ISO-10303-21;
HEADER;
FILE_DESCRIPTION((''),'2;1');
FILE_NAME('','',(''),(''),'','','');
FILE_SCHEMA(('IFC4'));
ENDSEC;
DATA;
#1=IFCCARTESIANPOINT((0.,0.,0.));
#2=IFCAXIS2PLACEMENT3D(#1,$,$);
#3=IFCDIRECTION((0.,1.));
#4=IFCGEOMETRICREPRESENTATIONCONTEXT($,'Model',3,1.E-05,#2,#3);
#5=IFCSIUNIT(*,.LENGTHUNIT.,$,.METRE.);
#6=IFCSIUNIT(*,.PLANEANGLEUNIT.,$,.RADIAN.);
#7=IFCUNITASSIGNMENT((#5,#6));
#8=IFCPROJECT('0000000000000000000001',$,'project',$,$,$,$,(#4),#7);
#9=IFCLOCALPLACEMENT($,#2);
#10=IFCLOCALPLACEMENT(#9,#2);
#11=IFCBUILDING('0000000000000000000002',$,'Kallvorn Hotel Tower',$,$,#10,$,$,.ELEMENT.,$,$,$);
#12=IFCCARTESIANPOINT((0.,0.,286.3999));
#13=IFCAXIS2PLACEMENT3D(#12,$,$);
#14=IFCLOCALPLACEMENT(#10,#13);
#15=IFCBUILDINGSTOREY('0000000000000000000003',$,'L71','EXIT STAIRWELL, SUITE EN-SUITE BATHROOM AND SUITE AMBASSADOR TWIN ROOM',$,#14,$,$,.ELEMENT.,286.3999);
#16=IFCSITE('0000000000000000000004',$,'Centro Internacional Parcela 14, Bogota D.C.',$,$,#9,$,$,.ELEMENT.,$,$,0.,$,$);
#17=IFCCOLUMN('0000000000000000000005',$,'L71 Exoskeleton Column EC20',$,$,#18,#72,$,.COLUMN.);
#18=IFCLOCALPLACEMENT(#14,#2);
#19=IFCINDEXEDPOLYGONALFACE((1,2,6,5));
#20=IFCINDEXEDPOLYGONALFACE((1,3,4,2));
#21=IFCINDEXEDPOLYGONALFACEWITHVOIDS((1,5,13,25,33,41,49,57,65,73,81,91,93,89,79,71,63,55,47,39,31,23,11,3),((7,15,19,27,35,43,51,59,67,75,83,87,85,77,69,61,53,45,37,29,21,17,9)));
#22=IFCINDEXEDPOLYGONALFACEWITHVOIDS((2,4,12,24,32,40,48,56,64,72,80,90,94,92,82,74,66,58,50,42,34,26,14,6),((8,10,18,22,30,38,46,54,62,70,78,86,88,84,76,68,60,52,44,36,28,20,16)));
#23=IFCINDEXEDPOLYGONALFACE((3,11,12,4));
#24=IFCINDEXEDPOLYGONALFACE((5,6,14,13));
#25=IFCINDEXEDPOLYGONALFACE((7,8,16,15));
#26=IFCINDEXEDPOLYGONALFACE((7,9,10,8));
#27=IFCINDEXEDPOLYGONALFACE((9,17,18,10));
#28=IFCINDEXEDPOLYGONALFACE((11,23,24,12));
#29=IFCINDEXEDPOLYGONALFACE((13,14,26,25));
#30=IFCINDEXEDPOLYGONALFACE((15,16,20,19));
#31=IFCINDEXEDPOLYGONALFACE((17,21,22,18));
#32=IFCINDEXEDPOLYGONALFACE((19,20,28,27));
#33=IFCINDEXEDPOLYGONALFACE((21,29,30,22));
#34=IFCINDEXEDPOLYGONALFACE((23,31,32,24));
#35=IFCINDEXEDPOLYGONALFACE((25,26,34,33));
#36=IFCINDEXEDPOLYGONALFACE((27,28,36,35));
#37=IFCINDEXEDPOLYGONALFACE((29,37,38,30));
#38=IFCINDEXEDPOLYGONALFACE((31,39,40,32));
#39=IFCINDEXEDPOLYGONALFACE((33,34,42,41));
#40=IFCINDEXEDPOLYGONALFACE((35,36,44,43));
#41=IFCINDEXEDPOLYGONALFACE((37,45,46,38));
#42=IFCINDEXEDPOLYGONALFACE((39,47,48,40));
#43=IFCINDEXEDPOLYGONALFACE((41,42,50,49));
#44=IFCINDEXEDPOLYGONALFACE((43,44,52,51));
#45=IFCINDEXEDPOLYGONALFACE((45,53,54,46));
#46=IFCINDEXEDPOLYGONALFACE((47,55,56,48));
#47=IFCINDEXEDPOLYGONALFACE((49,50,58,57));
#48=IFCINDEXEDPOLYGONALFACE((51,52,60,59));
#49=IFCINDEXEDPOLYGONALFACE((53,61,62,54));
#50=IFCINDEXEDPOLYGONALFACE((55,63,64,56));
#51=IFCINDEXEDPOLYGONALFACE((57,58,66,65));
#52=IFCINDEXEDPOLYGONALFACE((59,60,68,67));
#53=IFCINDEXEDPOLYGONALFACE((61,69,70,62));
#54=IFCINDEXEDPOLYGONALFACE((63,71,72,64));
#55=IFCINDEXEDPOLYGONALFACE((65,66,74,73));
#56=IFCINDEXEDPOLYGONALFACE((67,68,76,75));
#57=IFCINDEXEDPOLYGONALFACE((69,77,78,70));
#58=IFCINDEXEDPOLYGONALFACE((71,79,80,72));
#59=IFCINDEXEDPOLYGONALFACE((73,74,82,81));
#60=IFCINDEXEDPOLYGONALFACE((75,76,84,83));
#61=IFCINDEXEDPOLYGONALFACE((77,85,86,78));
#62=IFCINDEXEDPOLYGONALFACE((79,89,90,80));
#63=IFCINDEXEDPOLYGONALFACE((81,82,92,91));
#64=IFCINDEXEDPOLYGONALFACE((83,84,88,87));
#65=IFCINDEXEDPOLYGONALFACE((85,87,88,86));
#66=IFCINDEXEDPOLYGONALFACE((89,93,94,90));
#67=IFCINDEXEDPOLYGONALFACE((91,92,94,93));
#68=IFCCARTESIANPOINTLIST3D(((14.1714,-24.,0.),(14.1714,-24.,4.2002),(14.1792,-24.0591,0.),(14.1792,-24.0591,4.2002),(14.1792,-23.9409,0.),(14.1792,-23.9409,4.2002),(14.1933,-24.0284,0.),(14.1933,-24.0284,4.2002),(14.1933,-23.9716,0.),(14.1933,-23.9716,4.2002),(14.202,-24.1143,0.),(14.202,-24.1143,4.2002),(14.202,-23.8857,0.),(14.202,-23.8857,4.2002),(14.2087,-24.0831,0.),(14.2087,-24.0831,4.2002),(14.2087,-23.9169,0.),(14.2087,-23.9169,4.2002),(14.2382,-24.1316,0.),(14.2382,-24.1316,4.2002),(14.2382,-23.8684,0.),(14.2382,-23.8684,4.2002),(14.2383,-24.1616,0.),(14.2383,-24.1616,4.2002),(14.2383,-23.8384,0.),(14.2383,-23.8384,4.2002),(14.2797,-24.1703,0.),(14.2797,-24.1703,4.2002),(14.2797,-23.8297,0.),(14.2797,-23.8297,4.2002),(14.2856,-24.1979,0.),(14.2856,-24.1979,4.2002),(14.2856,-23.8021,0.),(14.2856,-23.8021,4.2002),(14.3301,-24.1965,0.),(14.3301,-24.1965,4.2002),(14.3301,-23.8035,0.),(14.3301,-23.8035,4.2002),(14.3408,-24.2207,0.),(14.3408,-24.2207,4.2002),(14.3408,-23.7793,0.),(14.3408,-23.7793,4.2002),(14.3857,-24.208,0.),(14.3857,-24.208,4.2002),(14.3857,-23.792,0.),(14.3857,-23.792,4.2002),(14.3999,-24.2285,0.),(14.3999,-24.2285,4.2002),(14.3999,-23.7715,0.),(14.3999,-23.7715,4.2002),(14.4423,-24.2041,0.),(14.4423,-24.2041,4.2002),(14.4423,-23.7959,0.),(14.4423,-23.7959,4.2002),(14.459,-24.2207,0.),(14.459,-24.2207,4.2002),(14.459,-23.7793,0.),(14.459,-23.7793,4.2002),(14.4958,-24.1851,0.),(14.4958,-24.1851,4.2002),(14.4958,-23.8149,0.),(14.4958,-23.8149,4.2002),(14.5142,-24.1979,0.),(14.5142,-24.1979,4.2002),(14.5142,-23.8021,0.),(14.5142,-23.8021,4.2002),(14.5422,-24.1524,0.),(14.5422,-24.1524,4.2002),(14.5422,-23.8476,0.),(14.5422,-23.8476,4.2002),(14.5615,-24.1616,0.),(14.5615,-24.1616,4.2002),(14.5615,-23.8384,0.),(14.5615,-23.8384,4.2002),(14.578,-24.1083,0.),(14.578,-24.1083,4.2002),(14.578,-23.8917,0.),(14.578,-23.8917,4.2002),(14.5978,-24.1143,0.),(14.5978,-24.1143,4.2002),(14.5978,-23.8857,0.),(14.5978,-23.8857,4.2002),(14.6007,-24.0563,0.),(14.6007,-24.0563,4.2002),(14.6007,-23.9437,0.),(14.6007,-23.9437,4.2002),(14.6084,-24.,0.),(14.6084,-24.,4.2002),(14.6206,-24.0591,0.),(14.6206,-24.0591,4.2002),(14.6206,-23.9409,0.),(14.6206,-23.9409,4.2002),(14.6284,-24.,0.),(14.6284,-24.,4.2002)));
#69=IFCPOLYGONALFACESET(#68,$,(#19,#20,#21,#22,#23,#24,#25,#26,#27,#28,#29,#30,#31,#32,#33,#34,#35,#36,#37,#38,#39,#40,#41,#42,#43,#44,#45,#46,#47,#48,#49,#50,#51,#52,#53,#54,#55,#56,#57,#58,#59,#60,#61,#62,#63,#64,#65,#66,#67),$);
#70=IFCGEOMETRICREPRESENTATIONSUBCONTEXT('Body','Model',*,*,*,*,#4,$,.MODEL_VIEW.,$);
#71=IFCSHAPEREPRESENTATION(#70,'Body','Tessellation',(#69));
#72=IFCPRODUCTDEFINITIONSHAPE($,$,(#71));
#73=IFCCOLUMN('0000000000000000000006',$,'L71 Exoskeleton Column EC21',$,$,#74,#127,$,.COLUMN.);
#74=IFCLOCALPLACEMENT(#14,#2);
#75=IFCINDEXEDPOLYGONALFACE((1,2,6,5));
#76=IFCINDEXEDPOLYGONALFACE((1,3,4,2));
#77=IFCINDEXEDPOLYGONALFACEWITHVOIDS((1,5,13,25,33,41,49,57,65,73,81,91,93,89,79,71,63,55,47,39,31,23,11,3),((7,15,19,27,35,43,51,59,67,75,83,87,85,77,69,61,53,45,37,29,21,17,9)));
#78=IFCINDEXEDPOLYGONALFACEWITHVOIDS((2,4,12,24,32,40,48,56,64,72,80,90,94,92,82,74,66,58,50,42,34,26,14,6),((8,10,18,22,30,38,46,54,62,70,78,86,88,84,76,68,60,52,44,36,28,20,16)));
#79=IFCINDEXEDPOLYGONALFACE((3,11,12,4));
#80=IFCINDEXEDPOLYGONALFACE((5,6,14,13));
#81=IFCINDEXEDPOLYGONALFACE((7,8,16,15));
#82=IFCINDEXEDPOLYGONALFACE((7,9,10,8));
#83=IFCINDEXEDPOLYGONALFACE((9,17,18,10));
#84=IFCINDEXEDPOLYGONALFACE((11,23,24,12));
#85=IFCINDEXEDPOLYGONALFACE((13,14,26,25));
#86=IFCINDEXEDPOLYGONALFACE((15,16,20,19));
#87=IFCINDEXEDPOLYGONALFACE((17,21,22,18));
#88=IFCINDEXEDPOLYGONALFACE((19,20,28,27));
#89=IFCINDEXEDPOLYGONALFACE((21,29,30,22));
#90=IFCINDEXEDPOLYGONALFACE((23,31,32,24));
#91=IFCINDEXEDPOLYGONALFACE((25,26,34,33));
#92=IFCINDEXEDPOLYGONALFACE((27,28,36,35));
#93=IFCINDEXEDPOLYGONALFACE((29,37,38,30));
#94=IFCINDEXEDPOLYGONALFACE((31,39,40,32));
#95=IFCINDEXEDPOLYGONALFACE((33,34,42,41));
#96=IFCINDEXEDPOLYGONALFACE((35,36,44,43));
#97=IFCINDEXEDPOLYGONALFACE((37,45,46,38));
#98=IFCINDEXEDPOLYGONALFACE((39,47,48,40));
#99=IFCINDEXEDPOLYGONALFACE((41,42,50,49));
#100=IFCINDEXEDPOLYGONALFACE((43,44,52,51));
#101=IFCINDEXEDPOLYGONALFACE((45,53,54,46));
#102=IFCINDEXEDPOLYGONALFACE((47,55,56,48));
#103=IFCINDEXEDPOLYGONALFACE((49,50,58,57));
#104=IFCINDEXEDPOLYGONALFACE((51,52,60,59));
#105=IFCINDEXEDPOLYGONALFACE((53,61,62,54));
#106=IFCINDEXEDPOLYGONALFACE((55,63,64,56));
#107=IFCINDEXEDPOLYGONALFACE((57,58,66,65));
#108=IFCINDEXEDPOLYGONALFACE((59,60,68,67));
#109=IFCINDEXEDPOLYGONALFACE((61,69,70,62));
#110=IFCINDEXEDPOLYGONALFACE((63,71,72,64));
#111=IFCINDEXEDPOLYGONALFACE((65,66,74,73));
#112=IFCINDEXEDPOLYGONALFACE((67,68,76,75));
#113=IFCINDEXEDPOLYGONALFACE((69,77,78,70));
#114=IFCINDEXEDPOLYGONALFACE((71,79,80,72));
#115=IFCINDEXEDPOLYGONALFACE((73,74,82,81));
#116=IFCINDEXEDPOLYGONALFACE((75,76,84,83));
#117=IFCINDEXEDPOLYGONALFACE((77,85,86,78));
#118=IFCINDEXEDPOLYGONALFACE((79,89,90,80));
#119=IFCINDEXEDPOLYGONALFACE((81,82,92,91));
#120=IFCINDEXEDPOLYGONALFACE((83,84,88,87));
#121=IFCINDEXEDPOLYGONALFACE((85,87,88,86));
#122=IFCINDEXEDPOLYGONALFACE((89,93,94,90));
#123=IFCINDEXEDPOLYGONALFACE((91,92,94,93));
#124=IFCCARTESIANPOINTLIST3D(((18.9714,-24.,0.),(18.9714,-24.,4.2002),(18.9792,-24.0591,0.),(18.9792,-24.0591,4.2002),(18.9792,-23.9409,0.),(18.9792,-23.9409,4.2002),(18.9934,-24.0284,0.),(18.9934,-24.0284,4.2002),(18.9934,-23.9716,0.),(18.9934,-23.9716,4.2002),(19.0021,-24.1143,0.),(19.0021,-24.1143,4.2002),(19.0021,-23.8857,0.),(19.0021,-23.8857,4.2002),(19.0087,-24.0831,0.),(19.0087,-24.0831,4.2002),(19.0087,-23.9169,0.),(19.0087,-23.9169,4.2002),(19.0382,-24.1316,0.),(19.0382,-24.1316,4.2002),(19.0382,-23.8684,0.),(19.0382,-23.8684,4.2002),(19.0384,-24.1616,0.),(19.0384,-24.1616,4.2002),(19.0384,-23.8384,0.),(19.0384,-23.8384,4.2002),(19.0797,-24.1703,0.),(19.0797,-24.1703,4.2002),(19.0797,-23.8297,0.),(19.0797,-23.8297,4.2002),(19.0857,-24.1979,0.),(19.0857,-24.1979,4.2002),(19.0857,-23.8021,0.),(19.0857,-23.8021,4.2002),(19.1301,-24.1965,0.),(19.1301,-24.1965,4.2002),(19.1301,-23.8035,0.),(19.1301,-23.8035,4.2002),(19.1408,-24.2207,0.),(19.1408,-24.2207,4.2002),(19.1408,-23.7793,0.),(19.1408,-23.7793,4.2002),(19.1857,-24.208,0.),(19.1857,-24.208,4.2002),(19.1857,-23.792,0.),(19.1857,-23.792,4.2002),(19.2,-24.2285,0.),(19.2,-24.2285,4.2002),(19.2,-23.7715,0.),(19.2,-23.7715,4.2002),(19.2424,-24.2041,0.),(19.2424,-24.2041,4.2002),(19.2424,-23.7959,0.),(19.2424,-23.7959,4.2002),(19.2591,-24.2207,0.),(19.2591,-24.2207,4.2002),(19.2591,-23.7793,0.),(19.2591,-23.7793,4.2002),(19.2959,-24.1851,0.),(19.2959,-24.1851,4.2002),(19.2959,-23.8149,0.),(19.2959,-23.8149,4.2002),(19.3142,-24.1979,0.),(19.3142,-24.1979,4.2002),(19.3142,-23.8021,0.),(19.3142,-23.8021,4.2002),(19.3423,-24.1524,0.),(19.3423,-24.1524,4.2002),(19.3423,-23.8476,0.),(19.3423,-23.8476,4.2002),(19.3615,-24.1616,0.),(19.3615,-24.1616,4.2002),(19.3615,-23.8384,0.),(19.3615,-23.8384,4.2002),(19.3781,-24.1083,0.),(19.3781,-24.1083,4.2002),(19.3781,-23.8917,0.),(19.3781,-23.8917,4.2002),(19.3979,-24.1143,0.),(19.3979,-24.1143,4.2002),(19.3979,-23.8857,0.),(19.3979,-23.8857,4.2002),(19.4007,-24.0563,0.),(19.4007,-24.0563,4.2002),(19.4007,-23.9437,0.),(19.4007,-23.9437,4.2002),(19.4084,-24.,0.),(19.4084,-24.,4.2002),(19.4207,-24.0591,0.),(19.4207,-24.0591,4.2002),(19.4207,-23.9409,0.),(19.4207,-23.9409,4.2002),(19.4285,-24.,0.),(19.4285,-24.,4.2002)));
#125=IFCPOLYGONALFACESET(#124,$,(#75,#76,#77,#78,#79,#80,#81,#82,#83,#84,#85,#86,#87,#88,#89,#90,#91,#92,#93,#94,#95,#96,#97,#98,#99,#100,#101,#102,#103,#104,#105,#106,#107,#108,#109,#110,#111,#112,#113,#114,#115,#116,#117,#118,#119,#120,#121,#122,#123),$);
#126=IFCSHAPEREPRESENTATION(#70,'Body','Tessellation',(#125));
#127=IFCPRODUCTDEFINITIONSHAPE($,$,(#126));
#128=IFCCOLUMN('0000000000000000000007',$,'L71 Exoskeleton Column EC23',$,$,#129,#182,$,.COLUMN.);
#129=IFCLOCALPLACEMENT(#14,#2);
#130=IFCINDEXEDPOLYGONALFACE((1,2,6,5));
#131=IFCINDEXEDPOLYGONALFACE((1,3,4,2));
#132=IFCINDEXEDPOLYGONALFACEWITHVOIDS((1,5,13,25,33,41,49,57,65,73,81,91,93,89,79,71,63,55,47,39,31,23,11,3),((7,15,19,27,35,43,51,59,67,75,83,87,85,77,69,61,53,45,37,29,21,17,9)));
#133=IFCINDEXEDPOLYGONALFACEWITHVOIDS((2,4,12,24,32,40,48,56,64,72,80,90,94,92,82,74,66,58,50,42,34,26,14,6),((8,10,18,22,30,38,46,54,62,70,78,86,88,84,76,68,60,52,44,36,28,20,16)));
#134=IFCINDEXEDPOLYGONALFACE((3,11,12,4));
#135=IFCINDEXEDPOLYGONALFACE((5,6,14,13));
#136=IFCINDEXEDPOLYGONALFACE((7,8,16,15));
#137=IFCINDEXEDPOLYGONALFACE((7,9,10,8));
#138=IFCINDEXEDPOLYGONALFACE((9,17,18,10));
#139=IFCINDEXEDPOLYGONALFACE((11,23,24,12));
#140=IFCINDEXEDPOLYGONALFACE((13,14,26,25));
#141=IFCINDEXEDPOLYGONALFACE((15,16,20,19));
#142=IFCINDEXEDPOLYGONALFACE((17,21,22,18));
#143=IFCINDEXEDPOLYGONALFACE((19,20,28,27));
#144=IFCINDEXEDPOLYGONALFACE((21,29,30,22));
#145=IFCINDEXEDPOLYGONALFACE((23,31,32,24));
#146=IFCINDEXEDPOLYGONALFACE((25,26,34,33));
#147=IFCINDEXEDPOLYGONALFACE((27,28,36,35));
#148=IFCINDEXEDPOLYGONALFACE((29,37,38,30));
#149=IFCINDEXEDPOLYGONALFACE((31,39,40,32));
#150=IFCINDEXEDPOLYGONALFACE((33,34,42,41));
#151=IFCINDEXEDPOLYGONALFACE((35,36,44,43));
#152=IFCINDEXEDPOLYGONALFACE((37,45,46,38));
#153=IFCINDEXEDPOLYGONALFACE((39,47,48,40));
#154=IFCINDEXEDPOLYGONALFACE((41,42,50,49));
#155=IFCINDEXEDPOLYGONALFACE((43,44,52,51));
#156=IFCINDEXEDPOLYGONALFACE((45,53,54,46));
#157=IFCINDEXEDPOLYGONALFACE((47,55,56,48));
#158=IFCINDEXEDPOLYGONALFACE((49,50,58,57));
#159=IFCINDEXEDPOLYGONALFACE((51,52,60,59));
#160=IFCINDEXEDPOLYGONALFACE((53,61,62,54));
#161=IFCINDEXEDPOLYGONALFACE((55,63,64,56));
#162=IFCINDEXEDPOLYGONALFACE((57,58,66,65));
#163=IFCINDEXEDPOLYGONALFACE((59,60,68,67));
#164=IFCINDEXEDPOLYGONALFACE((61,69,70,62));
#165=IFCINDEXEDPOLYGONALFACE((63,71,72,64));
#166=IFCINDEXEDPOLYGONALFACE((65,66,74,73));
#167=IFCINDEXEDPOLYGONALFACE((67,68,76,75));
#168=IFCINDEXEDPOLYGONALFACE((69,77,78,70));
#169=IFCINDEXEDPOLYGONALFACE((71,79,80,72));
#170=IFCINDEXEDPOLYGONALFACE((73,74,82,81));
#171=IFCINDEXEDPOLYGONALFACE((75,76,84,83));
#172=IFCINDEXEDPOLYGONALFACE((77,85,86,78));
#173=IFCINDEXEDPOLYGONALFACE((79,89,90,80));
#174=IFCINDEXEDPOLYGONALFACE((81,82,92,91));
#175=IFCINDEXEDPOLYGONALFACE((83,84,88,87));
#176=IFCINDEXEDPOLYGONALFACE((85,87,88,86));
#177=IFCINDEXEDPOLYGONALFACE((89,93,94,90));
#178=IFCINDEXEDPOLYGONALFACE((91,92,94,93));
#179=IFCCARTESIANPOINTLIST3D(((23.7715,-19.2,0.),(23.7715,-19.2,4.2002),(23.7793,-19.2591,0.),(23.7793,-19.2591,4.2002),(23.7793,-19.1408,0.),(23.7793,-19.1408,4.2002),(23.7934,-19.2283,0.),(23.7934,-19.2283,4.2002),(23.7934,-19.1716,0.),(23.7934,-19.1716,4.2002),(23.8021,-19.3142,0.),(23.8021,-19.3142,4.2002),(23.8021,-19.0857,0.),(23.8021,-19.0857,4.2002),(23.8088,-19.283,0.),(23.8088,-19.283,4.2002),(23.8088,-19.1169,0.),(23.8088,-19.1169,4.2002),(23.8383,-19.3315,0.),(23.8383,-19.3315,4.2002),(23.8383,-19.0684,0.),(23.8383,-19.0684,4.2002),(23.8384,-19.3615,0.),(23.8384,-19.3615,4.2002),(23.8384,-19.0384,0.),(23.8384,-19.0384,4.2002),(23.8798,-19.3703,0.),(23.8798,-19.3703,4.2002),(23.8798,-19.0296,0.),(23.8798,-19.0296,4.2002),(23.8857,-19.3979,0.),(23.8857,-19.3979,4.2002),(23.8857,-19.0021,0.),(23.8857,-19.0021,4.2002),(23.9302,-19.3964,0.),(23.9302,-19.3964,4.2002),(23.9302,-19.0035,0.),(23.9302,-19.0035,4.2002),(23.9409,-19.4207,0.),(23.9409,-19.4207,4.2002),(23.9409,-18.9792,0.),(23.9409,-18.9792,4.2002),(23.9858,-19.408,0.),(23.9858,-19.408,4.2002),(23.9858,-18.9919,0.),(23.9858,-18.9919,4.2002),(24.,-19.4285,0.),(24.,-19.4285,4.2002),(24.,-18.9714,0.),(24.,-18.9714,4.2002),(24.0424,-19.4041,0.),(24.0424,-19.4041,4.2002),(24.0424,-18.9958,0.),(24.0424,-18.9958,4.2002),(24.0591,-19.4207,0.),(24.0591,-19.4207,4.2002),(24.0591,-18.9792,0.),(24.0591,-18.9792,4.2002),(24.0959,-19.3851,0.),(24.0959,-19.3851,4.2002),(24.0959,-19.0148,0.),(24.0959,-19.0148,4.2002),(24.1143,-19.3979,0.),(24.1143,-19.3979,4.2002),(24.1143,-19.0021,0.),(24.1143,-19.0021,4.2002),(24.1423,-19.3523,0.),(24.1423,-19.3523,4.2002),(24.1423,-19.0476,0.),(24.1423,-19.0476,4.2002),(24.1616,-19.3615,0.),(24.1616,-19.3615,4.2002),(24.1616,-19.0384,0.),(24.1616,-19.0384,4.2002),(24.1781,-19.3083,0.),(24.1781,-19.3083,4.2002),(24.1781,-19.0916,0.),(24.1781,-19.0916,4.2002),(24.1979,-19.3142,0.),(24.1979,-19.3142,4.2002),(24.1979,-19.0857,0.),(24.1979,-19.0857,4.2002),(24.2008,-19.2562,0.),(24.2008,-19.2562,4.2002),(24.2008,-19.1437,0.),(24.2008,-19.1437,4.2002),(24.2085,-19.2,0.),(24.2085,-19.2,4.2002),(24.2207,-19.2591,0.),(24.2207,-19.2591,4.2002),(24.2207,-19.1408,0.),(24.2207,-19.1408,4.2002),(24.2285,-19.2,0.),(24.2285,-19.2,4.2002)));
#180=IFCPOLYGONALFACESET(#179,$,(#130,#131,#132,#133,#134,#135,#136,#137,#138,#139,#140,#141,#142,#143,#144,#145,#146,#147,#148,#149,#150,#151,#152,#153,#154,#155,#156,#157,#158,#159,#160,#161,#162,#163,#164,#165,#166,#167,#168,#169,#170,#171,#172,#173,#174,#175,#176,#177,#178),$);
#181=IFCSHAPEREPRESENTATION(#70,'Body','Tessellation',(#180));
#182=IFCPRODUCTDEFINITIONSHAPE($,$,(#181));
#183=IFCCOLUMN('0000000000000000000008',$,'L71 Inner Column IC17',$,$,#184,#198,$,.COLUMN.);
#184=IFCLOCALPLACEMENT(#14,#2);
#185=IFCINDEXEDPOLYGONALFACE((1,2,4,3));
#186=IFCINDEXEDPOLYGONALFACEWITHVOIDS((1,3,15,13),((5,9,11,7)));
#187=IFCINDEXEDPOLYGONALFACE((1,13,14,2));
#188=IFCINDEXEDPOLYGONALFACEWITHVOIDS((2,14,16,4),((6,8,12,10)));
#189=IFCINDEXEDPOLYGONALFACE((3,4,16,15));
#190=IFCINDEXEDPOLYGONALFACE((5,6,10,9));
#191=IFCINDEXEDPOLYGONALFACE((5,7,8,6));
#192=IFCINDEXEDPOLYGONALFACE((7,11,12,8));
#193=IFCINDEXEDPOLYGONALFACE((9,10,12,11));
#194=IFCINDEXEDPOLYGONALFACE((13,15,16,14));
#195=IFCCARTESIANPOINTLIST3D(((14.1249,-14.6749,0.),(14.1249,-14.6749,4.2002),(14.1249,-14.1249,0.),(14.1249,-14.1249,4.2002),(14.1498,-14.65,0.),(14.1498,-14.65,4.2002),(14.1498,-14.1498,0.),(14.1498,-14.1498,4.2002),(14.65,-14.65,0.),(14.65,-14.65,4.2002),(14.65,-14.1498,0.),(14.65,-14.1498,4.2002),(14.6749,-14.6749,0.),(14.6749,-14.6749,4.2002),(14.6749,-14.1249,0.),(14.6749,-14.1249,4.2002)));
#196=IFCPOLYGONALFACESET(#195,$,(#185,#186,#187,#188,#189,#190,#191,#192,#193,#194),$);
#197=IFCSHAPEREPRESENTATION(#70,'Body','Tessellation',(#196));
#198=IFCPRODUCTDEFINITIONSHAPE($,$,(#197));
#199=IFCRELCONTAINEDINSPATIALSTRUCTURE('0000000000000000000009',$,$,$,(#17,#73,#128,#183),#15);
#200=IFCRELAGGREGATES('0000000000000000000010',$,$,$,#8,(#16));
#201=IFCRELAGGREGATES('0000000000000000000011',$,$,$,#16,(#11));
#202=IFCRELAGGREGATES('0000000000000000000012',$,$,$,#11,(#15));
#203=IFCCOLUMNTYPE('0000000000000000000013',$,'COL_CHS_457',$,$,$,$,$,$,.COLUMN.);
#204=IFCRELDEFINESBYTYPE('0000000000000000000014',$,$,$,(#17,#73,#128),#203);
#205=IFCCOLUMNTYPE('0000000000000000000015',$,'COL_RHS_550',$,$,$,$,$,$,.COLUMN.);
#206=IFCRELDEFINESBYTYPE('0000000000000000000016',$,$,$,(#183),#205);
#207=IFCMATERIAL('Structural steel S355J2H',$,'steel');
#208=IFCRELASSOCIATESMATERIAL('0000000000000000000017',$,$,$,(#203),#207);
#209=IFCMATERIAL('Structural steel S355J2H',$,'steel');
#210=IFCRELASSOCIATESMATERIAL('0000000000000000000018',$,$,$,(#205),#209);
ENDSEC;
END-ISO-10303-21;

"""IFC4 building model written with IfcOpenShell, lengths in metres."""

from ifc_helpers import new_model, si_unit, direction, frame, origin, origin_2d, place, context, subcontext, project, spatial, hollow_rectangle, hollow_circle, extrude, material, material_profile, profile_set, type_object, element, save


model = new_model("IFC4")

# Units and contexts
model_context = context("Model", 3, precision=1e-05, world=origin(), true_north=direction((0.0, 1.0)))
body_context = subcontext(model_context, "Body", "Model", "MODEL_VIEW")
ifc_project = project(units=[si_unit("LENGTHUNIT", "METRE"), si_unit("PLANEANGLEUNIT", "RADIAN")], contexts=[model_context])

# Site, building, storey
site_placement = place(None, origin())
site = spatial("IfcSite", under=ifc_project, at=site_placement, Name="Centro Internacional Parcela 14, Bogota D.C.", CompositionType="ELEMENT", RefElevation=0.0)
building_placement = place(site_placement, origin())
building = spatial("IfcBuilding", under=site, at=building_placement, Name="Kallvorn Hotel Tower", CompositionType="ELEMENT")
storey_placement = place(building_placement, frame((0.0, 0.0, 286.3999)))
storey = spatial("IfcBuildingStorey", under=building, at=storey_placement, Name="L71", Description="EXIT STAIRWELL, SUITE EN-SUITE BATHROOM AND SUITE AMBASSADOR TWIN ROOM", CompositionType="ELEMENT", Elevation=286.3999)

# Columns
ifc_material_1 = material(Name="Structural steel S355J2H", Category="steel")
ifc_material_profile_1 = material_profile(ifc_material_1, hollow_circle(Radius=0.2285, WallThickness=0.02, at=origin_2d()), Name="CHS 457x20")
ifc_profile_set_1 = profile_set([ifc_material_profile_1], Name="Structural steel S355J2H")
column_type_1 = type_object("IfcColumnType", Name="COL_CHS_457", PredefinedType="COLUMN", material=ifc_profile_set_1)
for number, where, z_axis, x_axis, name in (
    (1, (14.3999, -24.0, 0.0), (0.0, 0.0, 1.0), (1.0, 0.0, 0.0), "L71 Exoskeleton Column EC20"),
    (2, (19.2, -24.0, 0.0), (0.0, 0.0, 1.0), (1.0, 0.0, 0.0), "L71 Exoskeleton Column EC21"),
    (3, (24.0, -19.2, 0.0), (0.0, 0.0, 1.0), (1.0, 0.0, 0.0), "L71 Exoskeleton Column EC23"),
):
    element("IfcColumn", number, at=place(storey_placement, frame(where, z_axis=z_axis, x_axis=x_axis)), inside=storey, type_object=column_type_1, Name=name, PredefinedType="COLUMN", context=body_context, shape_type="SweptSolid", body=[
        extrude(hollow_circle(Radius=0.2285, WallThickness=0.02, at=origin_2d()), origin(), (0.0, 0.0, 1.0), 4.2002),
    ])
ifc_material_2 = material(Name="Structural steel S355J2H", Category="steel")
ifc_material_profile_2 = material_profile(ifc_material_2, hollow_rectangle(XDim=0.55, YDim=0.55, WallThickness=0.0249, at=origin_2d()), Name="RHS 550x550x25")
ifc_profile_set_2 = profile_set([ifc_material_profile_2], Name="Structural steel S355J2H")
column_type_2 = type_object("IfcColumnType", Name="COL_RHS_550", PredefinedType="COLUMN", material=ifc_profile_set_2)
for number, where, z_axis, x_axis, name in (
    (4, (14.3999, -14.3999, 0.0), (0.0, 0.0, 1.0), (1.0, 0.0, 0.0), "L71 Inner Column IC17"),
):
    element("IfcColumn", number, at=place(storey_placement, frame(where, z_axis=z_axis, x_axis=x_axis)), inside=storey, type_object=column_type_2, Name=name, PredefinedType="COLUMN", context=body_context, shape_type="SweptSolid", body=[
        extrude(hollow_rectangle(XDim=0.55, YDim=0.55, WallThickness=0.0249, at=origin_2d()), origin(), (0.0, 0.0, 1.0), 4.2002),
    ])

save(model, "model.ifc")
